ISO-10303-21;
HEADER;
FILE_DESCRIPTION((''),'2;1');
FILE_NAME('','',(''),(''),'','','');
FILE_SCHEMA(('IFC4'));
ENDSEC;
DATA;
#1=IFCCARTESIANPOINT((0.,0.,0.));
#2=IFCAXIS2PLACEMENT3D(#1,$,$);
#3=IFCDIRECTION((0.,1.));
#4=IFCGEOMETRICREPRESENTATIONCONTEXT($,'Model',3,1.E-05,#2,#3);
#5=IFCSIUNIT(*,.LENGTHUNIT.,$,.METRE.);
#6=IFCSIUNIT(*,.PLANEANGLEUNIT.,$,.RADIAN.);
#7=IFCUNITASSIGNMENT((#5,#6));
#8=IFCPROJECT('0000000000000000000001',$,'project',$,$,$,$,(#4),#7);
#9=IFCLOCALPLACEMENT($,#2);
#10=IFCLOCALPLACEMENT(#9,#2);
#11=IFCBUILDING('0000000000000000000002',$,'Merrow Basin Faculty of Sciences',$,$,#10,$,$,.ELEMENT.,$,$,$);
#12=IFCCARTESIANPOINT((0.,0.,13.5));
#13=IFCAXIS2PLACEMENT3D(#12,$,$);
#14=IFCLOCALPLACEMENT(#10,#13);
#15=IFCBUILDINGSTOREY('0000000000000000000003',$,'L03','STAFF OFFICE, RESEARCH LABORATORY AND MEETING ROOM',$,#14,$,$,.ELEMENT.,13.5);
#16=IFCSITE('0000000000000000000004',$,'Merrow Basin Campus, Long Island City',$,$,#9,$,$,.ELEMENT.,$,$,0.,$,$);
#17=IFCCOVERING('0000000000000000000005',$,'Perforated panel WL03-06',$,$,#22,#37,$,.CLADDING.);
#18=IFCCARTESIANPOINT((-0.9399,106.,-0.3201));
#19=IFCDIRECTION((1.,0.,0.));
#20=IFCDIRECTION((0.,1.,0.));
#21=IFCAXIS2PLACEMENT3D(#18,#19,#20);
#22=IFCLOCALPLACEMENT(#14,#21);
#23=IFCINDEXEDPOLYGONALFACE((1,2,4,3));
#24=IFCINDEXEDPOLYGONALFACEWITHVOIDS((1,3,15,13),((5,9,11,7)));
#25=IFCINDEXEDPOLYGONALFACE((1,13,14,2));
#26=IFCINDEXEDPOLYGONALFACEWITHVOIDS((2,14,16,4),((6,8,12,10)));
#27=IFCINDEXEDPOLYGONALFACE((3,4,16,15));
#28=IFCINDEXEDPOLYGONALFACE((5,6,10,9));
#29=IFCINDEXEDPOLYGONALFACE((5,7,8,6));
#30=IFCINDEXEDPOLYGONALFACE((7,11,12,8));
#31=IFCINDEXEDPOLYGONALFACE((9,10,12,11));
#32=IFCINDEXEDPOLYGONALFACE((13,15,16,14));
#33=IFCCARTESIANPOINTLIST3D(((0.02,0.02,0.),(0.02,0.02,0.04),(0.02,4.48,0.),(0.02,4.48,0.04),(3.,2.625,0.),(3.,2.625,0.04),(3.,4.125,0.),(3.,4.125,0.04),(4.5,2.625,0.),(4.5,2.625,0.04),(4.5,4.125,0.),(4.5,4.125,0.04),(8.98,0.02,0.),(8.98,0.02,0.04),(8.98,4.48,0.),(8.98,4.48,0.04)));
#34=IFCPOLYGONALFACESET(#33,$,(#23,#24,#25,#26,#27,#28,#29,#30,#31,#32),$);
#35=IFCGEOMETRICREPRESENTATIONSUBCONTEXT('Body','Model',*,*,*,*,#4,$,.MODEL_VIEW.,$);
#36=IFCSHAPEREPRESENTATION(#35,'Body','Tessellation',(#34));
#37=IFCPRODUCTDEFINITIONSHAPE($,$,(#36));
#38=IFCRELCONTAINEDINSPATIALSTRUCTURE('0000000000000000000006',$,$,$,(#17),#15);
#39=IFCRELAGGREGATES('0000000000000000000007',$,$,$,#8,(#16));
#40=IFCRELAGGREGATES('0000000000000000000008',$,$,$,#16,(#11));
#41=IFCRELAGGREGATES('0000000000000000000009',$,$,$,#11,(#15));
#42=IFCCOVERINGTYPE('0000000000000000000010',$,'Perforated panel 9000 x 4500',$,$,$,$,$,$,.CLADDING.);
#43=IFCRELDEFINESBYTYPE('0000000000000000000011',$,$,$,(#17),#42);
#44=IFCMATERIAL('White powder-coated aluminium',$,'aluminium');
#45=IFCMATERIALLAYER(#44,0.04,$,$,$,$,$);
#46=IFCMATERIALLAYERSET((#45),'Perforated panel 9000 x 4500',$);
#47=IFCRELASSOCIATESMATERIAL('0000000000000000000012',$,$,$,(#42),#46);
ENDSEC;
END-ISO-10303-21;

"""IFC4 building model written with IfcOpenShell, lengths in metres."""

from ifc_helpers import new_model, si_unit, direction, frame, origin, place, context, subcontext, project, spatial, polyline, outline, extrude, source, transform, mapped, material, layer, layer_set, type_object, element, save


model = new_model("IFC4")

# Units and contexts
model_context = context("Model", 3, precision=1e-05, world=origin(), true_north=direction((0.0, 1.0)))
body_context = subcontext(model_context, "Body", "Model", "MODEL_VIEW")
ifc_project = project(units=[si_unit("LENGTHUNIT", "METRE"), si_unit("PLANEANGLEUNIT", "RADIAN")], contexts=[model_context])

# Site, building, storey
site_placement = place(None, origin())
site = spatial("IfcSite", under=ifc_project, at=site_placement, Name="Merrow Basin Campus, Long Island City", CompositionType="ELEMENT", RefElevation=0.0)
building_placement = place(site_placement, origin())
building = spatial("IfcBuilding", under=site, at=building_placement, Name="Merrow Basin Faculty of Sciences", CompositionType="ELEMENT")
storey_placement = place(building_placement, frame((0.0, 0.0, 13.5)))
storey = spatial("IfcBuildingStorey", under=building, at=storey_placement, Name="L03", Description="STAFF OFFICE, RESEARCH LABORATORY AND MEETING ROOM", CompositionType="ELEMENT", Elevation=13.5)

# Covering
ifc_material_1 = material(Name="White powder-coated aluminium", Category="aluminium")
ifc_layer_1 = layer(ifc_material_1, 0.04)
ifc_layer_set_1 = layer_set([ifc_layer_1], Name="Perforated panel 9000 x 4500")
covering_type = type_object("IfcCoveringType", Name="Perforated panel 9000 x 4500", PredefinedType="CLADDING", material=ifc_layer_set_1)
shared_shape_1 = source(origin(), body_context, "Body", "SweptSolid", [
    extrude(outline(polyline([(0.02, 0.02), (8.98, 0.02), (8.98, 4.48), (0.02, 4.48), (0.02, 0.02)]), holes=[polyline([(3.0, 2.625), (4.5, 2.625), (4.5, 4.125), (3.0, 4.125), (3.0, 2.625)])]), origin(), (0.0, 0.0, 1.0), 0.04),
])
covering_placement = place(storey_placement, frame((-0.9399, 106.0, -0.3201), z_axis=(1.0, 0.0, 0.0), x_axis=(0.0, 1.0, 0.0)))
element("IfcCovering", 1, at=covering_placement, inside=storey, type_object=covering_type, Name="Perforated panel WL03-06", PredefinedType="CLADDING", context=body_context, shape_type="MappedRepresentation", body=[
    mapped(shared_shape_1, transform((0.0, 0.0, 0.0), scale=1.0)),
])

save(model, "model.ifc")
